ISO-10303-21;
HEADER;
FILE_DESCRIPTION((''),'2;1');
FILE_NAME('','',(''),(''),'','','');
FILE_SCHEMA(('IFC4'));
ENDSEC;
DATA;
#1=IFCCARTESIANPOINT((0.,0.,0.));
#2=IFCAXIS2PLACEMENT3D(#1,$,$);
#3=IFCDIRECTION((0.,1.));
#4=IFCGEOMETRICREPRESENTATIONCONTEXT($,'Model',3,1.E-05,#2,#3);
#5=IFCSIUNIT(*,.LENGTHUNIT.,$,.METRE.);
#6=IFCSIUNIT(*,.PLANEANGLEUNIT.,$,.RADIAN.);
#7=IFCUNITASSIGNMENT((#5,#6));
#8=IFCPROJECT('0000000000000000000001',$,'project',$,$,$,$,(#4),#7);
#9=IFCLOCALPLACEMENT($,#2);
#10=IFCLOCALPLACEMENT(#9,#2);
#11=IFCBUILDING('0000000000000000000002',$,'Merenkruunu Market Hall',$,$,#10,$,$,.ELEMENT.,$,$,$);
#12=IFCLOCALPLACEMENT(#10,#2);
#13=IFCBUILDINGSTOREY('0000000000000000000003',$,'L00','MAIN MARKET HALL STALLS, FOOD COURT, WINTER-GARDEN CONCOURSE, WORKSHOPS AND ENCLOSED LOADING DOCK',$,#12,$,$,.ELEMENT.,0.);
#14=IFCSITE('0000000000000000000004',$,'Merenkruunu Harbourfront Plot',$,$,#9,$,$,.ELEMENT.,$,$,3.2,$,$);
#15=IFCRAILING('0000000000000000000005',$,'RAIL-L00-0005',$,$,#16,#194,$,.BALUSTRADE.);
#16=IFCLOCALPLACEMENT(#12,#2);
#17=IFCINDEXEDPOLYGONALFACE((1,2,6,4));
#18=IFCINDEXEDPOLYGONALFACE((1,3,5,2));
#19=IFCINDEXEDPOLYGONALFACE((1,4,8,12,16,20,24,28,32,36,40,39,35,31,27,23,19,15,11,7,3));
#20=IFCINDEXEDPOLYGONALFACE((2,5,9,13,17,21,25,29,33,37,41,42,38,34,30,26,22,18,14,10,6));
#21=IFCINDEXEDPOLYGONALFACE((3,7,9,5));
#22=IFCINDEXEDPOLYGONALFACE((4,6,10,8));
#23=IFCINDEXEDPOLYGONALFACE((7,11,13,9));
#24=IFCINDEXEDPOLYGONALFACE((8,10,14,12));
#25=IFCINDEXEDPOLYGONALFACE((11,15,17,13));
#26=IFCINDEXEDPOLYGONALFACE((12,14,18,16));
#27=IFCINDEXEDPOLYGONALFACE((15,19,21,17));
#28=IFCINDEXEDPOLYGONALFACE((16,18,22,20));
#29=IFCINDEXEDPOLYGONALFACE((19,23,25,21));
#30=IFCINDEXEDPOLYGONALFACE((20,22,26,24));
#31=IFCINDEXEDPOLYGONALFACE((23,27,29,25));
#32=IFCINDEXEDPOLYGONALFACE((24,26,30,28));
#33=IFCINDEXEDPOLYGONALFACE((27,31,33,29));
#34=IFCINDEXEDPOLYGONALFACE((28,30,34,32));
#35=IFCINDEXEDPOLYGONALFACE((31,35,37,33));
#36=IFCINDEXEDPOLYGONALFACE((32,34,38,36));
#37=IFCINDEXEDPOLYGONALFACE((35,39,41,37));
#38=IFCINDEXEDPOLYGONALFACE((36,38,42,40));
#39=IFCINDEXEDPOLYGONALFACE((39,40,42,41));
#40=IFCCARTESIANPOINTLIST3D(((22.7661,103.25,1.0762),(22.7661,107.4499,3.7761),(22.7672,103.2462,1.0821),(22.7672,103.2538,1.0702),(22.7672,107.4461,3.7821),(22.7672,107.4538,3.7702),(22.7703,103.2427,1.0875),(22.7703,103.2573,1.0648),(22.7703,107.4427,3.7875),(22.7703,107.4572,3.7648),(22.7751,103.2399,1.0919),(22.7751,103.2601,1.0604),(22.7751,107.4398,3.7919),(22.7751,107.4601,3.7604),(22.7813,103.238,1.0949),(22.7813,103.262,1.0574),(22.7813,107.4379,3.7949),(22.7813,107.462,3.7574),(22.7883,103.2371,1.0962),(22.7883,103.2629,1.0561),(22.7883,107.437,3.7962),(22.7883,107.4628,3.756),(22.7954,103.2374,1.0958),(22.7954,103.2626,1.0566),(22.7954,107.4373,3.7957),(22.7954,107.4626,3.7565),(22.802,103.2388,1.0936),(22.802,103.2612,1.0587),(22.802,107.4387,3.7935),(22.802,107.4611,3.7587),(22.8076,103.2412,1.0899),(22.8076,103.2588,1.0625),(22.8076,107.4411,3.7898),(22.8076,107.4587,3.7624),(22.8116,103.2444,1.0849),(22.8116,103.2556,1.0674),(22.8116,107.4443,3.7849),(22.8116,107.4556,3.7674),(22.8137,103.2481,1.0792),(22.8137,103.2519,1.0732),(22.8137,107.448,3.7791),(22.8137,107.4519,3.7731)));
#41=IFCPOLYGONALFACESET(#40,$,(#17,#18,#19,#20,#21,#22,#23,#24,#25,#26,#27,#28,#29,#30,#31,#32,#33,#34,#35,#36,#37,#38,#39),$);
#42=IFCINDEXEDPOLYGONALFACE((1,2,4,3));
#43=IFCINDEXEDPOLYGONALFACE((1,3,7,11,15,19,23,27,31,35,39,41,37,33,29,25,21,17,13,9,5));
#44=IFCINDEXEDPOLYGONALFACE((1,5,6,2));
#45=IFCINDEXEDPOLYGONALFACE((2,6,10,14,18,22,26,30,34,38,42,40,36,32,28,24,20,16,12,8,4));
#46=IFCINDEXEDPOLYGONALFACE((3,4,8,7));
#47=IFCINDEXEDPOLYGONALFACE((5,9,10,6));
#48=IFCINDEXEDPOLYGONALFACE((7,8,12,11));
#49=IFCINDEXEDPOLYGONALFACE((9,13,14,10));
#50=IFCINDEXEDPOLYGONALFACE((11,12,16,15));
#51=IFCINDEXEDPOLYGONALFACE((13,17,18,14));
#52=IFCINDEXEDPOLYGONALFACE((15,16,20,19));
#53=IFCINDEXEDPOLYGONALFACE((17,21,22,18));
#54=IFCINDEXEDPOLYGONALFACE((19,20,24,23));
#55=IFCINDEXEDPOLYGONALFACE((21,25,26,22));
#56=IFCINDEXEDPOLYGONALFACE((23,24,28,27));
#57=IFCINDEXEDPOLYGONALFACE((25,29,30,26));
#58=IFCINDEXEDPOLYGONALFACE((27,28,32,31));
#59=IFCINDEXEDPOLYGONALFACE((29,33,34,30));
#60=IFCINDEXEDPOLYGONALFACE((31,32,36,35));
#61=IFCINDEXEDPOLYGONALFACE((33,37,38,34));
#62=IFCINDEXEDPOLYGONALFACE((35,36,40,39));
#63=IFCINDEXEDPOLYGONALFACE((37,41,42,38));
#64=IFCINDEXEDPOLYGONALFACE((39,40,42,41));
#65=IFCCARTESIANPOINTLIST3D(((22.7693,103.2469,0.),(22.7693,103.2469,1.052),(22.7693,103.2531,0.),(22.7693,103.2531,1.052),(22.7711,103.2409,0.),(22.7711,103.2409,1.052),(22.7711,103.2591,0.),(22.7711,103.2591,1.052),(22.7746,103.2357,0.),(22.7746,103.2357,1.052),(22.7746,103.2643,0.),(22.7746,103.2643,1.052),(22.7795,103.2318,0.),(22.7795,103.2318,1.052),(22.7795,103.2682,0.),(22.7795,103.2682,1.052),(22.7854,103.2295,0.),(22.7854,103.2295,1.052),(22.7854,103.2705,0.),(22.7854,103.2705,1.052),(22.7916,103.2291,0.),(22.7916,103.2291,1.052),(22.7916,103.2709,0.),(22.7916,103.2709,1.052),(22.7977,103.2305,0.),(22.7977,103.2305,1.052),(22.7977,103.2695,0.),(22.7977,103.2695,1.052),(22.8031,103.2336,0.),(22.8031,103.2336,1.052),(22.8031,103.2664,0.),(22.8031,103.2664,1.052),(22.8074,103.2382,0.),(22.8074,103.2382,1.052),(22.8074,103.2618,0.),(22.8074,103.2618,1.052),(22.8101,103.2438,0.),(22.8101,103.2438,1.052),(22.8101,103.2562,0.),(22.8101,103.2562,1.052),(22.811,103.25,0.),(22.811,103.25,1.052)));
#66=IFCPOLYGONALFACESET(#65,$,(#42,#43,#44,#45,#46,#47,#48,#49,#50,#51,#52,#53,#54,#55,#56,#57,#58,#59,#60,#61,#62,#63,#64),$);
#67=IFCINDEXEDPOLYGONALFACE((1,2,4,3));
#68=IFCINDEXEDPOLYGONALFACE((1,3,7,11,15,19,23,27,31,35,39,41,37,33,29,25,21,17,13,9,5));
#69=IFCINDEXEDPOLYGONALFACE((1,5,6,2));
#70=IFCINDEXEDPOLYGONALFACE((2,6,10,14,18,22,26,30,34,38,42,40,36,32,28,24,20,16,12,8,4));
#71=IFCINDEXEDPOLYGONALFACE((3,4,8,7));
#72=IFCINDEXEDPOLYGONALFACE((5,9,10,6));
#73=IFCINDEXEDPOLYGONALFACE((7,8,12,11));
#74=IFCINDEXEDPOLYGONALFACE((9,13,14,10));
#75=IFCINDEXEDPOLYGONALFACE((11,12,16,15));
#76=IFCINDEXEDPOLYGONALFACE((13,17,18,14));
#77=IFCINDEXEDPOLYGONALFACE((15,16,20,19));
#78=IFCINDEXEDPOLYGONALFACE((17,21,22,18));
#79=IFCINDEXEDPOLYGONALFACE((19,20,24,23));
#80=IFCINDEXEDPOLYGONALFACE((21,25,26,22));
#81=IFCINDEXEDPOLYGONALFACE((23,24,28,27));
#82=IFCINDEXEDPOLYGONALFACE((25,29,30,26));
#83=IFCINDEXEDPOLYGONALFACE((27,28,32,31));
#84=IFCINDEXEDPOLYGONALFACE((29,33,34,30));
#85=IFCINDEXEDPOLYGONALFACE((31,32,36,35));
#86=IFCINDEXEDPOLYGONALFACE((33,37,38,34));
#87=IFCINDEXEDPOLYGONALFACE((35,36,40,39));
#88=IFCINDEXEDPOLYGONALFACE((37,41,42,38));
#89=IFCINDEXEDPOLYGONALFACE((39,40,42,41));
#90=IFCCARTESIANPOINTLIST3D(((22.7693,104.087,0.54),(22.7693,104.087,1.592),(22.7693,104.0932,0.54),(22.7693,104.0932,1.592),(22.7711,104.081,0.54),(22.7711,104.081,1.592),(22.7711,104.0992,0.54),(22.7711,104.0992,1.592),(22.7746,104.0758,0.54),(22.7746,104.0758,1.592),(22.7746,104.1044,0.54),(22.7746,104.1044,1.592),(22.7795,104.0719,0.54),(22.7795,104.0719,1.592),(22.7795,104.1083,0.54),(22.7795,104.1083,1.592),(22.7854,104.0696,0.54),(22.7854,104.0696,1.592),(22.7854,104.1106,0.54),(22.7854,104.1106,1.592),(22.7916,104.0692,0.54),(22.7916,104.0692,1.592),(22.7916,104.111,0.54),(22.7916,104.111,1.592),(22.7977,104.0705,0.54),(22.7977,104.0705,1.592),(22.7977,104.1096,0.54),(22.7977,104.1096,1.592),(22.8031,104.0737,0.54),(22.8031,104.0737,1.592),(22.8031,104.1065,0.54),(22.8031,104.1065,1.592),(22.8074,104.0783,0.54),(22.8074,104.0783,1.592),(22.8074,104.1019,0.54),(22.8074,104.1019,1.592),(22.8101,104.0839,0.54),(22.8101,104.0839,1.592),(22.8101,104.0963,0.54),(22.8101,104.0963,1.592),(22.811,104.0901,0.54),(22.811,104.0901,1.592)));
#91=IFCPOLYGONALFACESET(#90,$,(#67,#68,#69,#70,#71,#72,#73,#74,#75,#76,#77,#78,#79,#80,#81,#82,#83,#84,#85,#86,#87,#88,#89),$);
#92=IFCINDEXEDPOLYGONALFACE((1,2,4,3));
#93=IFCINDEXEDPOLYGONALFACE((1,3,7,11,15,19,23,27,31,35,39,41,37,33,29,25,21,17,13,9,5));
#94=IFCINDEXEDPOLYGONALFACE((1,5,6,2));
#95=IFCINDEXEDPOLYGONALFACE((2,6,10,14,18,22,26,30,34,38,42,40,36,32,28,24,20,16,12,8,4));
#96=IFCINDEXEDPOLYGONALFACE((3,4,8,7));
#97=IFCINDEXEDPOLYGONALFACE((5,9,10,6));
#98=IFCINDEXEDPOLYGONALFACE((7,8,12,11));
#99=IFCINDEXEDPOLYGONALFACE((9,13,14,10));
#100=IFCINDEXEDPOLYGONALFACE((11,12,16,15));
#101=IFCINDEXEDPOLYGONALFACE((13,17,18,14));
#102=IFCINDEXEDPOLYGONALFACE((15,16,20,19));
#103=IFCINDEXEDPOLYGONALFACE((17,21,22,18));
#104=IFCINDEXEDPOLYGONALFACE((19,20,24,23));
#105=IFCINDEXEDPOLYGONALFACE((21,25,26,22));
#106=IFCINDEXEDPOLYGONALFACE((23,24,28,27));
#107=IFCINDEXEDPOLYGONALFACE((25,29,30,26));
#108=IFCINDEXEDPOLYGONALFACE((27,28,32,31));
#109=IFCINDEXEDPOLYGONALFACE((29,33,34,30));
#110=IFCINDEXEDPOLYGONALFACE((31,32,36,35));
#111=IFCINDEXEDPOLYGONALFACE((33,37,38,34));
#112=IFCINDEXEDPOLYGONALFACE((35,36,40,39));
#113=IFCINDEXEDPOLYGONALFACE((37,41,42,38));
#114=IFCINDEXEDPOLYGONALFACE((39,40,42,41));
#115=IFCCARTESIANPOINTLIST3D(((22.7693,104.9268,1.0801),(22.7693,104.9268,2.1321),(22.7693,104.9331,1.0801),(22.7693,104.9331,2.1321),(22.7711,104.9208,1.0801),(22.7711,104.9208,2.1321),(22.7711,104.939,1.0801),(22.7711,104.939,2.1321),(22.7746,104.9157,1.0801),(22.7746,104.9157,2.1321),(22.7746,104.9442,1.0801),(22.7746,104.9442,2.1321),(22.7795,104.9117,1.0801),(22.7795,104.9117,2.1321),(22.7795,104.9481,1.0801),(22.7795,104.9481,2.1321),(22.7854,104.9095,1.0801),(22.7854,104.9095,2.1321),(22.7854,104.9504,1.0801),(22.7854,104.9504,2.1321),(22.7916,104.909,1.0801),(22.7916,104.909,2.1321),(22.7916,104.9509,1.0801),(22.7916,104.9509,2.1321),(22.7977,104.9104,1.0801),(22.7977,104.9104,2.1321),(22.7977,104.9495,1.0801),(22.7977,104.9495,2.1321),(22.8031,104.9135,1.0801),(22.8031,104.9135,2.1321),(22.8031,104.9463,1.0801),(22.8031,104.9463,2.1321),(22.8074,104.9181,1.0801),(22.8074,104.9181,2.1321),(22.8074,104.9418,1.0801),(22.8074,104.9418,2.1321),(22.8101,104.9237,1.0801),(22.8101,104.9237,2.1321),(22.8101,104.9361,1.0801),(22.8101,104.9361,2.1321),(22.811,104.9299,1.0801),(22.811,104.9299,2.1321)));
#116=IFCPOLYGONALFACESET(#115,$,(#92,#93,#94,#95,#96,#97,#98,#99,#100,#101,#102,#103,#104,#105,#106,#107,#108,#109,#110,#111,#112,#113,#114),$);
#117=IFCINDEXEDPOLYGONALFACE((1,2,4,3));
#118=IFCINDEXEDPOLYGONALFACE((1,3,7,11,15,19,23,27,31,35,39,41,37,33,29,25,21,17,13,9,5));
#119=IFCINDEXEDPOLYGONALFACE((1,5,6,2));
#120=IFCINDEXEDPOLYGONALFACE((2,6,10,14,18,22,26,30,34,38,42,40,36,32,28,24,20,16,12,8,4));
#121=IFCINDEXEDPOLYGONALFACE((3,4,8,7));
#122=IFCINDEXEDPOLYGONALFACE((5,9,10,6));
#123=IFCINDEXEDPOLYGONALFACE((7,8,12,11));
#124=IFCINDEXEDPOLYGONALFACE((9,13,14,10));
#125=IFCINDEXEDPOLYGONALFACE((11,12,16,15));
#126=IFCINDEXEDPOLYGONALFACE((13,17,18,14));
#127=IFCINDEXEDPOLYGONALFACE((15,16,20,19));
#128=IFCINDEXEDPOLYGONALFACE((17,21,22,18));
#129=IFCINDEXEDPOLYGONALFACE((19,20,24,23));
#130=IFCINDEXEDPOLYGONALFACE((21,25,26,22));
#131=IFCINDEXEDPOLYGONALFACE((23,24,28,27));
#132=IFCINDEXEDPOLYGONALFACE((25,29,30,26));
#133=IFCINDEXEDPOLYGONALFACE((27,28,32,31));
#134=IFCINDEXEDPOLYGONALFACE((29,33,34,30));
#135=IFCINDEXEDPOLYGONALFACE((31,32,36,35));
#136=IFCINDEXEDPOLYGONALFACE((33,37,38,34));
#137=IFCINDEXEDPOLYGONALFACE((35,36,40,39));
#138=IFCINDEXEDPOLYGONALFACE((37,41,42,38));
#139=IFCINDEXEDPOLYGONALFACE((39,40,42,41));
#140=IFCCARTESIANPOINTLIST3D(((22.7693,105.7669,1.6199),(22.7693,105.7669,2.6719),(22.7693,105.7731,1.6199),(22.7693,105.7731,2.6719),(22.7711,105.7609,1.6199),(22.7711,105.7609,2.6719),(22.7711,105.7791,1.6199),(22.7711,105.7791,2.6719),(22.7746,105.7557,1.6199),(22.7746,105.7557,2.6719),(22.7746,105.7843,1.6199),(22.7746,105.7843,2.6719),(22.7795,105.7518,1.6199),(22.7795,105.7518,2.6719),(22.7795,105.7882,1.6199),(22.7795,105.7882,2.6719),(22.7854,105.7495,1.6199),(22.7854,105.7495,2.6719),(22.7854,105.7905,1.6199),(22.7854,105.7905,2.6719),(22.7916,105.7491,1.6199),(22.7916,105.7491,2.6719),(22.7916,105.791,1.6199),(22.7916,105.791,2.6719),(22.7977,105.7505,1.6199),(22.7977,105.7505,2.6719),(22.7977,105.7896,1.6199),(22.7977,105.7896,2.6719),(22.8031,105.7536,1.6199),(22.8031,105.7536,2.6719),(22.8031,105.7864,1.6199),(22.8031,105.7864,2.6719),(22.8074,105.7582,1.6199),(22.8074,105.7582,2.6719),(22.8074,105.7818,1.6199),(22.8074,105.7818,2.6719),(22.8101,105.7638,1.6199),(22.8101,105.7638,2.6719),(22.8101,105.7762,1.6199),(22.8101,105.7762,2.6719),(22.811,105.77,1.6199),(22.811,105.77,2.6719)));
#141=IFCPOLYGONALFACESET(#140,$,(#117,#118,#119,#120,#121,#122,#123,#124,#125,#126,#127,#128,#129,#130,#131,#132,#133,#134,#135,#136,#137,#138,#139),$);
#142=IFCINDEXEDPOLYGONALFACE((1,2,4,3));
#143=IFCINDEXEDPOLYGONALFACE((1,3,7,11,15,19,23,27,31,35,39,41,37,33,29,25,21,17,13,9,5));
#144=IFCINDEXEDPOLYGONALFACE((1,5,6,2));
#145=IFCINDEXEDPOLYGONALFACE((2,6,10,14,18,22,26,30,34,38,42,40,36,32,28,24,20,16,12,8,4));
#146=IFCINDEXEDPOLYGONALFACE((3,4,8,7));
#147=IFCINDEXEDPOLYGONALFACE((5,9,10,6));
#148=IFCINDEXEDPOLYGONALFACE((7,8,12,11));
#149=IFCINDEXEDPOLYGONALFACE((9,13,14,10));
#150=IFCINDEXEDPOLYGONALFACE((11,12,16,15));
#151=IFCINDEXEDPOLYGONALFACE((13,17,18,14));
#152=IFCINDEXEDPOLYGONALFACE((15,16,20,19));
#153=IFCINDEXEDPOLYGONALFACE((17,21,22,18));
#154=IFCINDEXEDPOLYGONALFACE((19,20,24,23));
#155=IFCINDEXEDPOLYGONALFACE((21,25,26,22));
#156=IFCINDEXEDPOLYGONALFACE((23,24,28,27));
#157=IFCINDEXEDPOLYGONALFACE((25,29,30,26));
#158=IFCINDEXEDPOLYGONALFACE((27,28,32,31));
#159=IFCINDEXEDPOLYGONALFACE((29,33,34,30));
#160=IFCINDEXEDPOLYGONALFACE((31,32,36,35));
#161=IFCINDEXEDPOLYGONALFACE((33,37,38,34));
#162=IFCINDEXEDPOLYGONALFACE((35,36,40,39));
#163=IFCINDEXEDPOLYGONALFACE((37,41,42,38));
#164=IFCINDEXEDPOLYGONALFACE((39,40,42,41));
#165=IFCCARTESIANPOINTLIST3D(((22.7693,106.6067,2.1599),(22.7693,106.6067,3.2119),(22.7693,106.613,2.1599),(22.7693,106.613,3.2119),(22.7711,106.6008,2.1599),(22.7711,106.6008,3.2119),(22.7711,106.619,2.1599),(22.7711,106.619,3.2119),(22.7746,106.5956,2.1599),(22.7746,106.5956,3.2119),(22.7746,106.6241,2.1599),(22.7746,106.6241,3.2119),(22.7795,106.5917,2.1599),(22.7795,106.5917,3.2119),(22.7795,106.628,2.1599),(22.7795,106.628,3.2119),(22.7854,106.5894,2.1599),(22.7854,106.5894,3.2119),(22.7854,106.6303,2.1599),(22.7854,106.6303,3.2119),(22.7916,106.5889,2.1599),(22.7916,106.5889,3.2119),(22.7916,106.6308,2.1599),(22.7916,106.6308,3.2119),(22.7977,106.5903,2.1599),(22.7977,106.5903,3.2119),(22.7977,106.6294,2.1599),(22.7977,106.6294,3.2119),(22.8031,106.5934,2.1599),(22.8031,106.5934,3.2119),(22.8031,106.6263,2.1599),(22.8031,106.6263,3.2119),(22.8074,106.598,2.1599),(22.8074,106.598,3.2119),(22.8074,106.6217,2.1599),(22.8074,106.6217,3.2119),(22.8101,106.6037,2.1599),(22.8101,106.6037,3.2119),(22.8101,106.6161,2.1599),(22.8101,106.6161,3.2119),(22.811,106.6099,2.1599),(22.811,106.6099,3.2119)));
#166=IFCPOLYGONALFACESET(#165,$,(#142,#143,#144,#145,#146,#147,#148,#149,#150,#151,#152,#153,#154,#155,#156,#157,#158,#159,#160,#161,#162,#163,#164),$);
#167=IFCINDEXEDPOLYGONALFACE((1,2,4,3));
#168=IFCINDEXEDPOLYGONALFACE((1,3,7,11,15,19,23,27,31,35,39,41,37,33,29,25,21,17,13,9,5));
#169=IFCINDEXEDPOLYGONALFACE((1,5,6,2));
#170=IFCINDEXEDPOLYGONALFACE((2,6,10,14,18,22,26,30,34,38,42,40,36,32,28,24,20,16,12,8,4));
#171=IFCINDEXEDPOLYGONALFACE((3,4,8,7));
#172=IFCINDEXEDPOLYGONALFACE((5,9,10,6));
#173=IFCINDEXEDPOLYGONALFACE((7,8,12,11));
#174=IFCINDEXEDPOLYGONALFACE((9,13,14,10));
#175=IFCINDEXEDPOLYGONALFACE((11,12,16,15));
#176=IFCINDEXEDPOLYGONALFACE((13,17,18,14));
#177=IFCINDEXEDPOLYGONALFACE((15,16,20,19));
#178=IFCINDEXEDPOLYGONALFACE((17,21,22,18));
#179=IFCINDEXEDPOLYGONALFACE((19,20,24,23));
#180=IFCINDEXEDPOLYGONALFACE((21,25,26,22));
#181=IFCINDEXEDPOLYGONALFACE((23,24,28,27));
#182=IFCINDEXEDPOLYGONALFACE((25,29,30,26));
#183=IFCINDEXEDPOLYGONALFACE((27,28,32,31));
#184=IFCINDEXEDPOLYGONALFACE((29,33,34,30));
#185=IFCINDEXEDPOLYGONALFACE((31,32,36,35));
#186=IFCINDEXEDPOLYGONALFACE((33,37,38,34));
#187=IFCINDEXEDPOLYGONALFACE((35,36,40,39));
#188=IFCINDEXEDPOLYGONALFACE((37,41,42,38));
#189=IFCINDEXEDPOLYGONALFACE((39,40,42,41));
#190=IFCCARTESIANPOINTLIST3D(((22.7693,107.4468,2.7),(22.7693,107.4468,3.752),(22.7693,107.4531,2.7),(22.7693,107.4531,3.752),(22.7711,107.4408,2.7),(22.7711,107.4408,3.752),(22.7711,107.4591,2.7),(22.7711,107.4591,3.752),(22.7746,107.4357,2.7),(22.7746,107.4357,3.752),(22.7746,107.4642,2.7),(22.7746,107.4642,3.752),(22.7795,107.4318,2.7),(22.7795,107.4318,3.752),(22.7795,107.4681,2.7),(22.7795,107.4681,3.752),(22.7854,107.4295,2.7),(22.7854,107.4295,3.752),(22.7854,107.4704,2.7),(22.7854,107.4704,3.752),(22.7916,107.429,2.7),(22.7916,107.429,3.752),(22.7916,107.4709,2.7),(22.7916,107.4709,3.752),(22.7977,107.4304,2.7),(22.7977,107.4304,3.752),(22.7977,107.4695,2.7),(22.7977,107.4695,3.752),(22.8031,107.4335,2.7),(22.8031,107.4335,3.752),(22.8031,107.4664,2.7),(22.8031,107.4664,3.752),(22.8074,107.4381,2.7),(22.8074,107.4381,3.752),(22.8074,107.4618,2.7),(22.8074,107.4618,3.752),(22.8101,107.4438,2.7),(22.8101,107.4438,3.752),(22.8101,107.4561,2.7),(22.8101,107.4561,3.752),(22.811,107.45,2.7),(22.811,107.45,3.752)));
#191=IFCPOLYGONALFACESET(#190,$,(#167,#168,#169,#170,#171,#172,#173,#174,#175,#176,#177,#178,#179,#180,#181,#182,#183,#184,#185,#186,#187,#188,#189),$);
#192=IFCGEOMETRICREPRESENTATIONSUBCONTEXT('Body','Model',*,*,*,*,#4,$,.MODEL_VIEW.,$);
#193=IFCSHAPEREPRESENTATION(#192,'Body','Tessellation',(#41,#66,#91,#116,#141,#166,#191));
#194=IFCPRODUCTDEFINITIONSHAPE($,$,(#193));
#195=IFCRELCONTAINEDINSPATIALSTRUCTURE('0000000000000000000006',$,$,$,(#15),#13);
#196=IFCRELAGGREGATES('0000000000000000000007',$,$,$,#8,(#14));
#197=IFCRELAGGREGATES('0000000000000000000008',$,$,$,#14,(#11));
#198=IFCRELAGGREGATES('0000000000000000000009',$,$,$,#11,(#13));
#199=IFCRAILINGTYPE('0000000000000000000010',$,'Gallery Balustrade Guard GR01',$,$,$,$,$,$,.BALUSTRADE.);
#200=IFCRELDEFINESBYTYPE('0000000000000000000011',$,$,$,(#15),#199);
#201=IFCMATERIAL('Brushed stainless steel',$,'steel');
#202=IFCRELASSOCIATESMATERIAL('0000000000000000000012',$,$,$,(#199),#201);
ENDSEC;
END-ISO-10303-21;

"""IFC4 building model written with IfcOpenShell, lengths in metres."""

from ifc_helpers import new_model, si_unit, direction, frame, origin, origin_2d, place, context, subcontext, project, spatial, circle, extrude, material, type_object, element, save


model = new_model("IFC4")

# Units and contexts
model_context = context("Model", 3, precision=1e-05, world=origin(), true_north=direction((0.0, 1.0)))
body_context = subcontext(model_context, "Body", "Model", "MODEL_VIEW")
ifc_project = project(units=[si_unit("LENGTHUNIT", "METRE"), si_unit("PLANEANGLEUNIT", "RADIAN")], contexts=[model_context])

# Site, building, storey
site_placement = place(None, origin())
site = spatial("IfcSite", under=ifc_project, at=site_placement, Name="Merenkruunu Harbourfront Plot", CompositionType="ELEMENT", RefElevation=3.2)
building_placement = place(site_placement, origin())
building = spatial("IfcBuilding", under=site, at=building_placement, Name="Merenkruunu Market Hall", CompositionType="ELEMENT")
storey_placement = place(building_placement, origin())
storey = spatial("IfcBuildingStorey", under=building, at=storey_placement, Name="L00", Description="MAIN MARKET HALL STALLS, FOOD COURT, WINTER-GARDEN CONCOURSE, WORKSHOPS AND ENCLOSED LOADING DOCK", CompositionType="ELEMENT", Elevation=0.0)

# Railing
ifc_material_1 = material(Name="Brushed stainless steel", Category="steel")
railing_type_1 = type_object("IfcRailingType", Name="Gallery Balustrade Guard GR01", PredefinedType="BALUSTRADE", material=ifc_material_1)
railing_1_placement = place(storey_placement, frame((22.79, 103.25, 0.0)))
element("IfcRailing", 1, at=railing_1_placement, inside=storey, type_object=railing_type_1, Name="RAIL-L00-0005", PredefinedType="BALUSTRADE", context=body_context, shape_type="SweptSolid", body=[
    extrude(circle(Radius=0.0239, at=origin_2d()), frame((0.0, 0.0, 1.0762), z_axis=(0.0, 0.84118, 0.540755), x_axis=(-1.0, 0.0, 0.0)), (0.0, 0.0, 1.0), 4.9929),
    extrude(circle(Radius=0.021, at=origin_2d()), origin(), (0.0, 0.0, 1.0), 1.052),
    extrude(circle(Radius=0.021, at=origin_2d()), frame((0.0, 0.8401, 0.54)), (0.0, 0.0, 1.0), 1.052),
    extrude(circle(Radius=0.021, at=origin_2d()), frame((0.0, 1.6799, 1.0801)), (0.0, 0.0, 1.0), 1.052),
    extrude(circle(Radius=0.021, at=origin_2d()), frame((0.0, 2.52, 1.6199)), (0.0, 0.0, 1.0), 1.052),
    extrude(circle(Radius=0.021, at=origin_2d()), frame((0.0, 3.3599, 2.1599)), (0.0, 0.0, 1.0), 1.052),
    extrude(circle(Radius=0.021, at=origin_2d()), frame((0.0, 4.2, 2.7)), (0.0, 0.0, 1.0), 1.052),
])

save(model, "model.ifc")
